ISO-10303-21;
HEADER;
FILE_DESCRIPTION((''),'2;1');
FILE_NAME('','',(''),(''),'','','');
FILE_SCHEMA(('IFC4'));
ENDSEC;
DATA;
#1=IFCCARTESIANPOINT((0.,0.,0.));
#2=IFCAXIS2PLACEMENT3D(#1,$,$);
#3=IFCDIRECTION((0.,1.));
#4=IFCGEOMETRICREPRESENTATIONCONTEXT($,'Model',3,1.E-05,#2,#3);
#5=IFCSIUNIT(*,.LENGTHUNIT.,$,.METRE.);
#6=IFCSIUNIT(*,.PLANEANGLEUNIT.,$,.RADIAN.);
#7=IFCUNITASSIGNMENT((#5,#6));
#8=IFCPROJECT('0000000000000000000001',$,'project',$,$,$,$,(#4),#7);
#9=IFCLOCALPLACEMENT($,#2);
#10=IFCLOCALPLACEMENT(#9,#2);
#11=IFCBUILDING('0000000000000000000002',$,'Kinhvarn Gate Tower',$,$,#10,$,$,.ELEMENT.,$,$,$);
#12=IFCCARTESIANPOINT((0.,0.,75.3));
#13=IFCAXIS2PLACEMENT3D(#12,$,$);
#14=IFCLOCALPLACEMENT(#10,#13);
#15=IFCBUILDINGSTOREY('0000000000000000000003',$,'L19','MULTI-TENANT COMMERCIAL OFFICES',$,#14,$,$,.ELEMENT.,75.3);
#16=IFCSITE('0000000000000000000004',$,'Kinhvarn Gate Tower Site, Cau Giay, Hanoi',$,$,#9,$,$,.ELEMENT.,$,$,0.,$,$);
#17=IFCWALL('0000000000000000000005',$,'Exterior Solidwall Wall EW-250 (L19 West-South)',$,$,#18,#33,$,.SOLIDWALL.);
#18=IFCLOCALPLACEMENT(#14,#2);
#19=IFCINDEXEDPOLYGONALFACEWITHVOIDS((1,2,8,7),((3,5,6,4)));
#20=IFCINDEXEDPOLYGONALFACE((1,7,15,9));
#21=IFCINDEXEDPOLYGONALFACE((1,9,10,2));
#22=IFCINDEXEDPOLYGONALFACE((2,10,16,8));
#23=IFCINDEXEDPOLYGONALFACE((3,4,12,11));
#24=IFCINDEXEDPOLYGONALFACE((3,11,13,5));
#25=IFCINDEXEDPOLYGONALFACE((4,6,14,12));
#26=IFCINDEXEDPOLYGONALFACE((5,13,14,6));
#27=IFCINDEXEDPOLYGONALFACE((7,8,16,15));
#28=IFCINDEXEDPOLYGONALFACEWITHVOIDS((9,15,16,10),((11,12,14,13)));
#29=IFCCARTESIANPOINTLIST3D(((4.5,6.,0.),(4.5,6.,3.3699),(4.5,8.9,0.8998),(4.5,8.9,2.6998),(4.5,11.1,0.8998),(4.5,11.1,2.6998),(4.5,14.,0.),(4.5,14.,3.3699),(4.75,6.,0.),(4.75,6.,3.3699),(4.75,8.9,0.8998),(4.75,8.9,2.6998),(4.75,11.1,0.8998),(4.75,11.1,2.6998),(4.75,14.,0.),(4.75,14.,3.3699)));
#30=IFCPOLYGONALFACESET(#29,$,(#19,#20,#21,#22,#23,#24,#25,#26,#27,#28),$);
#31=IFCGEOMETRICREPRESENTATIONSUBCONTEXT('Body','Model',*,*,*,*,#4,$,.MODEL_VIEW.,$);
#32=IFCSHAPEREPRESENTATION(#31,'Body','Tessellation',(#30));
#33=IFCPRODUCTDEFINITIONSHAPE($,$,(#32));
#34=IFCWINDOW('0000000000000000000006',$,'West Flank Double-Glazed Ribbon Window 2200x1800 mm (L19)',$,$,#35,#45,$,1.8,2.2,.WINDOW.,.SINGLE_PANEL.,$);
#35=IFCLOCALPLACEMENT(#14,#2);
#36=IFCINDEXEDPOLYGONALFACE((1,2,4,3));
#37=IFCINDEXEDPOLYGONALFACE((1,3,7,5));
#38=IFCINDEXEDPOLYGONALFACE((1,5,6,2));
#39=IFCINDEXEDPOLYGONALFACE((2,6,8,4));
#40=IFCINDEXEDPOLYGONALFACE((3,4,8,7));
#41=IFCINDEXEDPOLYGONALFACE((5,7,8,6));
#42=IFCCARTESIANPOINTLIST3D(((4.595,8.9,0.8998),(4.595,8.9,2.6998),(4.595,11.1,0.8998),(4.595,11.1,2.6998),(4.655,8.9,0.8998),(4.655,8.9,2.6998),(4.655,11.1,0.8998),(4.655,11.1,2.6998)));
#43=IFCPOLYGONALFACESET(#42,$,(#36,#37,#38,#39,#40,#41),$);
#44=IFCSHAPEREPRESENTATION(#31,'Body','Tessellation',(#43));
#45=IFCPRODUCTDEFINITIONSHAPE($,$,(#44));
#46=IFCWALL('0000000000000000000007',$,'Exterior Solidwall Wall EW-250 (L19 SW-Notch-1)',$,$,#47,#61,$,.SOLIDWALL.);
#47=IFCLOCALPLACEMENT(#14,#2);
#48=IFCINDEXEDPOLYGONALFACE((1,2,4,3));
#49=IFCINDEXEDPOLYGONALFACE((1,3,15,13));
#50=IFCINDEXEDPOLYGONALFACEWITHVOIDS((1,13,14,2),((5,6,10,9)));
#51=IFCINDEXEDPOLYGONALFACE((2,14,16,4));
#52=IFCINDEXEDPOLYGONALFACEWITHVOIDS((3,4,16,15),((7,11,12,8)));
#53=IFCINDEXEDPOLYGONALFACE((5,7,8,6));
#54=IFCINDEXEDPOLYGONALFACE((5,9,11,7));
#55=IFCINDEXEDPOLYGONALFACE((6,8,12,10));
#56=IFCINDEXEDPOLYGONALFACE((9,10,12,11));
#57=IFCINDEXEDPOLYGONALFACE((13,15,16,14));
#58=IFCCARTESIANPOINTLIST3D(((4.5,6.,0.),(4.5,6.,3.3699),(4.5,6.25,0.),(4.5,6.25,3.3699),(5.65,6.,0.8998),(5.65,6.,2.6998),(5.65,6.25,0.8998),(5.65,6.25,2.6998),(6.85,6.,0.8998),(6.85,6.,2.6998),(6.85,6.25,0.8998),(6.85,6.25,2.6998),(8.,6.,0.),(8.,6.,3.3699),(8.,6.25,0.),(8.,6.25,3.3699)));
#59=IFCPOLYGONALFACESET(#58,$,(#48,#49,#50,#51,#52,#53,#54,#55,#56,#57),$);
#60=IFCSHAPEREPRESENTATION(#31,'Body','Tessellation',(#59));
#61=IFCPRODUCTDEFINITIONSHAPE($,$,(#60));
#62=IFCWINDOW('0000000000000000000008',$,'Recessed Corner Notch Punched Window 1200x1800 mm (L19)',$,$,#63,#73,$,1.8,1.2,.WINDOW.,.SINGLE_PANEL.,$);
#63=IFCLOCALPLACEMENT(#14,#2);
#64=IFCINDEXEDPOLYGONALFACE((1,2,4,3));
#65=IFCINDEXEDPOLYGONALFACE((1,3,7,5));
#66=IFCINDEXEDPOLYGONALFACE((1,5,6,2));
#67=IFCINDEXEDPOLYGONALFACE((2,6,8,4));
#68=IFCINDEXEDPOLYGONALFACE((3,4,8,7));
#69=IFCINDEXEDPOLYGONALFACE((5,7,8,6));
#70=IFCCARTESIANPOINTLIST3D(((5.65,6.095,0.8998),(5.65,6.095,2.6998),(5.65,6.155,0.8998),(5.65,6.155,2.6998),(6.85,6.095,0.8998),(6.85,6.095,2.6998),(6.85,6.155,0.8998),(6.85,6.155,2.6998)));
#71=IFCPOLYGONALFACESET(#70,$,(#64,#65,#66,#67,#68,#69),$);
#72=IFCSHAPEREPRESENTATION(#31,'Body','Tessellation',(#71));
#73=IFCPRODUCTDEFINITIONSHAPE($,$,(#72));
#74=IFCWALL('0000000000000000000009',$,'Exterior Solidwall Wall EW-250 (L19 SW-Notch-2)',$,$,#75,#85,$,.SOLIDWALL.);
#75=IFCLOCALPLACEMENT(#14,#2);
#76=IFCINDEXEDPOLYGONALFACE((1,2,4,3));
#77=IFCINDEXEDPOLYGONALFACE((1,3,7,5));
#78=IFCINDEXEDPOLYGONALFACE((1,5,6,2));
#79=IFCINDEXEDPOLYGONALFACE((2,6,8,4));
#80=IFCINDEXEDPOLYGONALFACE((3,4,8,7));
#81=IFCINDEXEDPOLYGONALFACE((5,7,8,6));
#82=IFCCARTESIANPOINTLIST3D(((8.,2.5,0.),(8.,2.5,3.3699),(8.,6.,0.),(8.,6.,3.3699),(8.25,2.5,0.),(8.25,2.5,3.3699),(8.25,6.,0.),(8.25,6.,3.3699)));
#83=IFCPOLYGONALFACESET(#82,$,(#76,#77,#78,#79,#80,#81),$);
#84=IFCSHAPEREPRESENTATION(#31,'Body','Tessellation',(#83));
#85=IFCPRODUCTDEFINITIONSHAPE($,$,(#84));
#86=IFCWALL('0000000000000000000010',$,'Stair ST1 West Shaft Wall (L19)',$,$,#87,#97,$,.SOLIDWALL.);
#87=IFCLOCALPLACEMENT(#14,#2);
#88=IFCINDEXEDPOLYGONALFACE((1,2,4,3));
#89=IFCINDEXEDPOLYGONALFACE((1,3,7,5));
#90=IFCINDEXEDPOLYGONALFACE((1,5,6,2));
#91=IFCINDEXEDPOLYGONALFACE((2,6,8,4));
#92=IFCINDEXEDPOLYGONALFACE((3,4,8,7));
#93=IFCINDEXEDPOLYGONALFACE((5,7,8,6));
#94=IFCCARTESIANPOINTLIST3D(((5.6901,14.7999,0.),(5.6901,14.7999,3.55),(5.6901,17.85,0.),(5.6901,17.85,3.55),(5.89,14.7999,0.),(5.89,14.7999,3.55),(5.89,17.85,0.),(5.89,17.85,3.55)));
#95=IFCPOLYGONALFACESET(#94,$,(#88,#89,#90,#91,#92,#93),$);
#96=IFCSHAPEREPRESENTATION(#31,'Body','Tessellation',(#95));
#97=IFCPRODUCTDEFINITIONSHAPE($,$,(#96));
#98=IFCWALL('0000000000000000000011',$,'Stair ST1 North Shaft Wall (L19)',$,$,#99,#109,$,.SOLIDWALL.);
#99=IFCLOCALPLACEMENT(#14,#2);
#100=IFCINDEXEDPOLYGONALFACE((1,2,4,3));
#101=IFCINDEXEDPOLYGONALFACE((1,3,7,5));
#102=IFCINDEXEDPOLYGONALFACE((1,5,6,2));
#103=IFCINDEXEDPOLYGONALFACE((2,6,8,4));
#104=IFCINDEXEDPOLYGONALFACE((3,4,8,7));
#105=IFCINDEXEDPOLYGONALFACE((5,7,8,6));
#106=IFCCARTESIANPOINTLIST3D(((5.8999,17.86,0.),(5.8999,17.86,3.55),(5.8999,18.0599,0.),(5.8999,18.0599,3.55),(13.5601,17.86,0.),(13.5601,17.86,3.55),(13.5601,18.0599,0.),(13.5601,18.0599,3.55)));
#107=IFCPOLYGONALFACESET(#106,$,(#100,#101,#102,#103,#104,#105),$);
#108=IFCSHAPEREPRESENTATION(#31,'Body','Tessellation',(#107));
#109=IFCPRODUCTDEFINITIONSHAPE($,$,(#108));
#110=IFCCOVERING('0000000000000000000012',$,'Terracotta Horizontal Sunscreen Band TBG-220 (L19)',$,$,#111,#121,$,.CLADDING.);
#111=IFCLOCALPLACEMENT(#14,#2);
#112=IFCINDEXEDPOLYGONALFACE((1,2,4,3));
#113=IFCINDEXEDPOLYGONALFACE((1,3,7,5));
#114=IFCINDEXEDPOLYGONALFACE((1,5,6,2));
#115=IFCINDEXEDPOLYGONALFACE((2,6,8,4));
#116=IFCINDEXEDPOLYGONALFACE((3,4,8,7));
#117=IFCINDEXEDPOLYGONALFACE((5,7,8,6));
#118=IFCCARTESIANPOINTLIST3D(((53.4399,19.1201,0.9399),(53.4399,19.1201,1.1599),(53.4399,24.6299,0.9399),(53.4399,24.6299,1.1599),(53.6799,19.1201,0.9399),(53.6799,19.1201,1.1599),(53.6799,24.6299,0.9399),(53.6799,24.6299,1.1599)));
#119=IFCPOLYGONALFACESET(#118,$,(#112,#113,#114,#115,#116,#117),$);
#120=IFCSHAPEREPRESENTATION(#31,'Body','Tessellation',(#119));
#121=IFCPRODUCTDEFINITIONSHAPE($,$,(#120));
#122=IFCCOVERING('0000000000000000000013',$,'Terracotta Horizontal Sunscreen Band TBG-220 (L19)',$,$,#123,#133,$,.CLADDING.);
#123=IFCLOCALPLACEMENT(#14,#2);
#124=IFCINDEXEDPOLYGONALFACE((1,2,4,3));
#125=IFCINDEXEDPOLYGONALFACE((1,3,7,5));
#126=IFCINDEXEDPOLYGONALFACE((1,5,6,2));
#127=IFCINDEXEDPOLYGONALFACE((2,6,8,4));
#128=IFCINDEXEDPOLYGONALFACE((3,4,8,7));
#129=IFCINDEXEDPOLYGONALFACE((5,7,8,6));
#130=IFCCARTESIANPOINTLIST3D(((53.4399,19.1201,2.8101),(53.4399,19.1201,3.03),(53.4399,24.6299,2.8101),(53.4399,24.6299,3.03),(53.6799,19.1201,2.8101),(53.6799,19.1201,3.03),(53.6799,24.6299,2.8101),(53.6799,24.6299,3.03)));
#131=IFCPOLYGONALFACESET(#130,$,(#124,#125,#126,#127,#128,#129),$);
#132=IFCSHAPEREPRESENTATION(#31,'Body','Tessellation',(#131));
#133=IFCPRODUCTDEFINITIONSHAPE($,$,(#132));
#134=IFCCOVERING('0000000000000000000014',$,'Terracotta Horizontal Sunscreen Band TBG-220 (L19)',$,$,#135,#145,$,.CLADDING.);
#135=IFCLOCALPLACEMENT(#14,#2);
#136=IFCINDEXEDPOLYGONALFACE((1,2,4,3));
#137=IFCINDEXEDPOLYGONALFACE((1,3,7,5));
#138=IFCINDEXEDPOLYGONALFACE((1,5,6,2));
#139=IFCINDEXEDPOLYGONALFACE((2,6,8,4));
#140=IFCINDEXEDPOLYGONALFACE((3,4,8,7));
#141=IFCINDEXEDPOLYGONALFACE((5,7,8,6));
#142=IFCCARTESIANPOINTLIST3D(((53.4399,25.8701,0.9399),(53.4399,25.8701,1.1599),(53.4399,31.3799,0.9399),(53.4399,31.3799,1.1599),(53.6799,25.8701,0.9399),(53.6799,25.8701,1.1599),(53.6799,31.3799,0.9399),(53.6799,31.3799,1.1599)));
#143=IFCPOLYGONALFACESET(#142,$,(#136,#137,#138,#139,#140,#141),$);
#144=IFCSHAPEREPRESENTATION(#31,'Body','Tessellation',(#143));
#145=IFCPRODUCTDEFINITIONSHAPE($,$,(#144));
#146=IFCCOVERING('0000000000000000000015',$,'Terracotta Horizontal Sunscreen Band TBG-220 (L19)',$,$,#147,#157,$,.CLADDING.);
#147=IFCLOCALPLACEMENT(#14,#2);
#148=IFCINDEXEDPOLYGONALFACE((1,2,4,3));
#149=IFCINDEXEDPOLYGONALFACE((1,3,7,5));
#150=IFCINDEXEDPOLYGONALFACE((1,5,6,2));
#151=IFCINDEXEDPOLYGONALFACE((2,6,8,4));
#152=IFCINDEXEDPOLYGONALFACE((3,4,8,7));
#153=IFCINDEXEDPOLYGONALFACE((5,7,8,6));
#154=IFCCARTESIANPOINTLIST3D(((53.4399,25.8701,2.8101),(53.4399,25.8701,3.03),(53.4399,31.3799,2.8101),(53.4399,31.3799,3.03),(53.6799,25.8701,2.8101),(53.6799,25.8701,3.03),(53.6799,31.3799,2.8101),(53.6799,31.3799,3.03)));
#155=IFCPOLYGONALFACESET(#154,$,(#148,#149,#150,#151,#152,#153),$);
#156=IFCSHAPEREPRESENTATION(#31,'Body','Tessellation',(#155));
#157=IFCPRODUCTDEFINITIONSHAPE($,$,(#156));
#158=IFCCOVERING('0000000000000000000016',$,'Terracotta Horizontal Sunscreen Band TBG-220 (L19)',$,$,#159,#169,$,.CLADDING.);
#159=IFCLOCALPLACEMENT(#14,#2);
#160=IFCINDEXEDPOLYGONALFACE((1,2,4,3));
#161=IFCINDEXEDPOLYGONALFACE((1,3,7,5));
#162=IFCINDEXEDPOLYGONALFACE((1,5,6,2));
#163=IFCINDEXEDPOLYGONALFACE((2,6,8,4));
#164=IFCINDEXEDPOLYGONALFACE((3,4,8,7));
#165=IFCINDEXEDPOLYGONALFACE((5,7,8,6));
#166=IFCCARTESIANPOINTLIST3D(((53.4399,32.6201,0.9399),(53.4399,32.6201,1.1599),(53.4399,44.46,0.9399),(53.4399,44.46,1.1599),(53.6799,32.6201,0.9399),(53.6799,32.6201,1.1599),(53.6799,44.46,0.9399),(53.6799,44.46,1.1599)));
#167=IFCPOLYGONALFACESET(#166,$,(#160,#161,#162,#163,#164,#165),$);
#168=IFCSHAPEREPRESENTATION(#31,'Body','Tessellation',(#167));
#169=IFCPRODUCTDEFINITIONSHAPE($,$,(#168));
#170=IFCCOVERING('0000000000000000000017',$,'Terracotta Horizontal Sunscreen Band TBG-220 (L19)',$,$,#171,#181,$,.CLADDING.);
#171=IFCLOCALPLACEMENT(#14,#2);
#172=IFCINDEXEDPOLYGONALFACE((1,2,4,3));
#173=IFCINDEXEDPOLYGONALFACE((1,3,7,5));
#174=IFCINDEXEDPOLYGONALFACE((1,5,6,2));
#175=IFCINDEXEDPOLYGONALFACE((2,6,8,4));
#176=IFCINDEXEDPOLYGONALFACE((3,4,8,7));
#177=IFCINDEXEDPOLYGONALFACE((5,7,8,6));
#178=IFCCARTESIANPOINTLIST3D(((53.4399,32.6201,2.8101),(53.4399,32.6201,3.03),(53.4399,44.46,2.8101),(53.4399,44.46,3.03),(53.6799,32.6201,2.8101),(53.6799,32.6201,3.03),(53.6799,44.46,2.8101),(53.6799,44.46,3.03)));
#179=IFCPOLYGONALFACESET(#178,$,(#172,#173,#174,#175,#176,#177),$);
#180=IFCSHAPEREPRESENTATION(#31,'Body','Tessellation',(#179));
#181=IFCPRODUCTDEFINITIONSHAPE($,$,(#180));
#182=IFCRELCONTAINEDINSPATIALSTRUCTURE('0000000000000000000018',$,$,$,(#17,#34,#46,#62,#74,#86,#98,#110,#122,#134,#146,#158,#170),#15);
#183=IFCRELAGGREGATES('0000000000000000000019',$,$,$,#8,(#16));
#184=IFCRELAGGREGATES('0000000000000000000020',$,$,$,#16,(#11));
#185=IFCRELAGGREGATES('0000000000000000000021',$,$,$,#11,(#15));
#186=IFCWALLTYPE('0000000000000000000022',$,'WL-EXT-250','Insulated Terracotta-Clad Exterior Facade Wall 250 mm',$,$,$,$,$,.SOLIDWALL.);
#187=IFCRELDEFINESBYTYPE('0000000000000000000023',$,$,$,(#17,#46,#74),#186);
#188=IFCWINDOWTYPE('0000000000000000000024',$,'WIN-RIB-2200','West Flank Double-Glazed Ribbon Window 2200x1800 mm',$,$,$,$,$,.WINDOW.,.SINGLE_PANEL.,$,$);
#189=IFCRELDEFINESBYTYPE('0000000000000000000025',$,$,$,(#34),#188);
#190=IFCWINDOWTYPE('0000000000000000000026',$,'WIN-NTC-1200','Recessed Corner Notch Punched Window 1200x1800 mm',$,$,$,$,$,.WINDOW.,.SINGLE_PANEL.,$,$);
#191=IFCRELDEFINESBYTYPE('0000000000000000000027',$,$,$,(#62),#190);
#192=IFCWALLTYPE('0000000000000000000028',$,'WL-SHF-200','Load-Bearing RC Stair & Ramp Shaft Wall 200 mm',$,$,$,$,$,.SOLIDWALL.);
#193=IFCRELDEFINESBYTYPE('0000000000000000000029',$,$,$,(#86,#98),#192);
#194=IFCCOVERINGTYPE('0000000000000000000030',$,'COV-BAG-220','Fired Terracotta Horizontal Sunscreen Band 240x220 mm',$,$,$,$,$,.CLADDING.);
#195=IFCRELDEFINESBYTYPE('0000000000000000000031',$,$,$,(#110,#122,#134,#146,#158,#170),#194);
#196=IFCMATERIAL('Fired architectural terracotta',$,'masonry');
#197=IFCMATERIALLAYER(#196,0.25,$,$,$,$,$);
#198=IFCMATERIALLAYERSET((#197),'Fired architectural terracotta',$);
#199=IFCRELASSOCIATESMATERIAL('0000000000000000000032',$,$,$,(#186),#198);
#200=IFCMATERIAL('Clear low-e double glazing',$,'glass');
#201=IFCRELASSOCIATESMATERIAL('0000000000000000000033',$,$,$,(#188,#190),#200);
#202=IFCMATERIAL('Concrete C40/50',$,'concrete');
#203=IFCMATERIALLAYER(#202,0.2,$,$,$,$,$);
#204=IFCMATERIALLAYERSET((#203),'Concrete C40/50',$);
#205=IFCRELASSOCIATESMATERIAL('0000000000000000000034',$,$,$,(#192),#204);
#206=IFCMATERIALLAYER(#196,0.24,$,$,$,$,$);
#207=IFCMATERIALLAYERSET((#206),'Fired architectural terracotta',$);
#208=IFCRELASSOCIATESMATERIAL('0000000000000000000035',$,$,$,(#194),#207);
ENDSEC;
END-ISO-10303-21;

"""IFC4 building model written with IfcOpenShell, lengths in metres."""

from ifc_helpers import new_model, si_unit, direction, frame, frame_2d, origin, place, context, subcontext, project, spatial, polyline, rectangle, outline, extrude, material, layer, layer_set, type_object, element, fill, save


model = new_model("IFC4")

# Units and contexts
model_context = context("Model", 3, precision=1e-05, world=origin(), true_north=direction((0.0, 1.0)))
body_context = subcontext(model_context, "Body", "Model", "MODEL_VIEW")
ifc_project = project(units=[si_unit("LENGTHUNIT", "METRE"), si_unit("PLANEANGLEUNIT", "RADIAN")], contexts=[model_context])

# Site, building, storey
site_placement = place(None, origin())
site = spatial("IfcSite", under=ifc_project, at=site_placement, Name="Kinhvarn Gate Tower Site, Cau Giay, Hanoi", CompositionType="ELEMENT", RefElevation=0.0)
building_placement = place(site_placement, origin())
building = spatial("IfcBuilding", under=site, at=building_placement, Name="Kinhvarn Gate Tower", CompositionType="ELEMENT")
storey_placement = place(building_placement, frame((0.0, 0.0, 75.3)))
storey = spatial("IfcBuildingStorey", under=building, at=storey_placement, Name="L19", Description="MULTI-TENANT COMMERCIAL OFFICES", CompositionType="ELEMENT", Elevation=75.3)

# Shared definitions
ifc_material_1 = material(Name="Clear low-e double glazing", Category="glass")

# Shared definitions
ifc_material_2 = material(Name="Concrete C40/50", Category="concrete")

# Walls, openings, windows
ifc_material_3 = material(Name="Fired architectural terracotta", Category="masonry")
ifc_layer_1 = layer(ifc_material_3, 0.25)
ifc_layer_set_1 = layer_set([ifc_layer_1], Name="Fired architectural terracotta")
wall_type_1 = type_object("IfcWallType", Name="WL-EXT-250", Description="Insulated Terracotta-Clad Exterior Facade Wall 250 mm", PredefinedType="SOLIDWALL", material=ifc_layer_set_1)
wall_1_placement = place(storey_placement, frame((4.625, 14.0, 0.0), z_axis=(0.0, 0.0, 1.0), x_axis=(0.0, -1.0, 0.0)))
wall_1 = element("IfcWall", 1, at=wall_1_placement, inside=storey, type_object=wall_type_1, Name="Exterior Solidwall Wall EW-250 (L19 West-South)", PredefinedType="SOLIDWALL", context=body_context, shape_type="SweptSolid", body=[
    extrude(rectangle(XDim=8.0, YDim=0.25, at=frame_2d((4.0, 0.0))), origin(), (0.0, 0.0, 1.0), 3.3699),
])
opening_1_placement = place(wall_1_placement, frame((2.8999, 0.0, 0.8999)))
opening_1 = element("IfcOpeningElement", 2, at=opening_1_placement, cuts=wall_1, PredefinedType="OPENING", context=body_context, shape_type="SweptSolid", body=[
    extrude(rectangle(XDim=2.2, YDim=1.8, at=frame_2d((1.1001, 0.8999))), frame((0.0, 0.135, 0.0), z_axis=(0.0, -1.0, 0.0), x_axis=(1.0, 0.0, 0.0)), (0.0, 0.0, 1.0), 0.27),
])
window_type_1 = type_object("IfcWindowType", Name="WIN-RIB-2200", Description="West Flank Double-Glazed Ribbon Window 2200x1800 mm", PartitioningType="SINGLE_PANEL", PredefinedType="WINDOW", material=ifc_material_1)
window_1_placement = place(opening_1_placement, origin())
window_1 = element("IfcWindow", 3, at=window_1_placement, inside=storey, type_object=window_type_1, Name="West Flank Double-Glazed Ribbon Window 2200x1800 mm (L19)", OverallHeight=1.8, OverallWidth=2.2, PartitioningType="SINGLE_PANEL", PredefinedType="WINDOW", context=body_context, shape_type="SweptSolid", body=[
    extrude(rectangle(XDim=2.2, YDim=1.8, at=frame_2d((1.1001, 0.8999))), frame((0.0, 0.03, 0.0), z_axis=(0.0, -1.0, 0.0), x_axis=(1.0, 0.0, 0.0)), (0.0, 0.0, 1.0), 0.0601),
])
fill(opening_1, window_1)
wall_2_placement = place(storey_placement, frame((4.5, 6.125, 0.0), z_axis=(0.0, 0.0, 1.0), x_axis=(1.0, 0.0, 0.0)))
wall_2 = element("IfcWall", 4, at=wall_2_placement, inside=storey, type_object=wall_type_1, Name="Exterior Solidwall Wall EW-250 (L19 SW-Notch-1)", PredefinedType="SOLIDWALL", context=body_context, shape_type="SweptSolid", body=[
    extrude(rectangle(XDim=3.5, YDim=0.25, at=frame_2d((1.75, 0.0))), origin(), (0.0, 0.0, 1.0), 3.3699),
])
opening_2_placement = place(wall_2_placement, frame((1.1499, 0.0, 0.8999)))
opening_2 = element("IfcOpeningElement", 5, at=opening_2_placement, cuts=wall_2, PredefinedType="OPENING", context=body_context, shape_type="SweptSolid", body=[
    extrude(rectangle(XDim=1.2, YDim=1.8, at=frame_2d((0.6001, 0.8999))), frame((0.0, 0.135, 0.0), z_axis=(0.0, -1.0, 0.0), x_axis=(1.0, 0.0, 0.0)), (0.0, 0.0, 1.0), 0.27),
])
window_type_2 = type_object("IfcWindowType", Name="WIN-NTC-1200", Description="Recessed Corner Notch Punched Window 1200x1800 mm", PartitioningType="SINGLE_PANEL", PredefinedType="WINDOW", material=ifc_material_1)
window_2_placement = place(opening_2_placement, origin())
window_2 = element("IfcWindow", 6, at=window_2_placement, inside=storey, type_object=window_type_2, Name="Recessed Corner Notch Punched Window 1200x1800 mm (L19)", OverallHeight=1.8, OverallWidth=1.2, PartitioningType="SINGLE_PANEL", PredefinedType="WINDOW", context=body_context, shape_type="SweptSolid", body=[
    extrude(rectangle(XDim=1.2, YDim=1.8, at=frame_2d((0.6001, 0.8999))), frame((0.0, 0.03, 0.0), z_axis=(0.0, -1.0, 0.0), x_axis=(1.0, 0.0, 0.0)), (0.0, 0.0, 1.0), 0.0601),
])
fill(opening_2, window_2)

# Walls
wall_3_placement = place(storey_placement, frame((8.125, 6.0, 0.0), z_axis=(0.0, 0.0, 1.0), x_axis=(0.0, -1.0, 0.0)))
element("IfcWall", 7, at=wall_3_placement, inside=storey, type_object=wall_type_1, Name="Exterior Solidwall Wall EW-250 (L19 SW-Notch-2)", PredefinedType="SOLIDWALL", context=body_context, shape_type="SweptSolid", body=[
    extrude(rectangle(XDim=3.5, YDim=0.25, at=frame_2d((1.75, 0.0))), origin(), (0.0, 0.0, 1.0), 3.3699),
])
ifc_layer_2 = layer(ifc_material_2, 0.2)
ifc_layer_set_2 = layer_set([ifc_layer_2], Name="Concrete C40/50")
wall_type_2 = type_object("IfcWallType", Name="WL-SHF-200", Description="Load-Bearing RC Stair & Ramp Shaft Wall 200 mm", PredefinedType="SOLIDWALL", material=ifc_layer_set_2)
wall_4_placement = place(storey_placement, frame((5.79, 14.8, 0.0), z_axis=(0.0, 0.0, 1.0), x_axis=(0.0, 1.0, 0.0)))
element("IfcWall", 8, at=wall_4_placement, inside=storey, type_object=wall_type_2, Name="Stair ST1 West Shaft Wall (L19)", PredefinedType="SOLIDWALL", context=body_context, shape_type="SweptSolid", body=[
    extrude(rectangle(XDim=3.05, YDim=0.2, at=frame_2d((1.5249, 0.0))), origin(), (0.0, 0.0, 1.0), 3.55),
])
wall_5_placement = place(storey_placement, frame((5.8999, 17.96, 0.0), z_axis=(0.0, 0.0, 1.0), x_axis=(1.0, 0.0, 0.0)))
element("IfcWall", 9, at=wall_5_placement, inside=storey, type_object=wall_type_2, Name="Stair ST1 North Shaft Wall (L19)", PredefinedType="SOLIDWALL", context=body_context, shape_type="SweptSolid", body=[
    extrude(rectangle(XDim=7.6602, YDim=0.2, at=frame_2d((3.8301, 0.0))), origin(), (0.0, 0.0, 1.0), 3.55),
])

# Coverings
ifc_layer_3 = layer(ifc_material_3, 0.24)
ifc_layer_set_3 = layer_set([ifc_layer_3], Name="Fired architectural terracotta")
covering_type_1 = type_object("IfcCoveringType", Name="COV-BAG-220", Description="Fired Terracotta Horizontal Sunscreen Band 240x220 mm", PredefinedType="CLADDING", material=ifc_layer_set_3)
for number, where, name in (
    (10, (0.0, 0.0, 0.9399), "Terracotta Horizontal Sunscreen Band TBG-220 (L19)"),
    (11, (0.0, 0.0, 2.8101), "Terracotta Horizontal Sunscreen Band TBG-220 (L19)"),
):
    element("IfcCovering", number, at=place(storey_placement, frame(where)), inside=storey, type_object=covering_type_1, Name=name, PredefinedType="CLADDING", context=body_context, shape_type="SweptSolid", body=[
        extrude(outline(polyline([(53.4399, 19.1201), (53.4399, 24.6299), (53.6799, 24.6299), (53.6799, 19.1201), (53.4399, 19.1201)])), origin(), (0.0, 0.0, 1.0), 0.22),
    ])
for number, where, name in (
    (12, (0.0, 0.0, 0.9399), "Terracotta Horizontal Sunscreen Band TBG-220 (L19)"),
    (13, (0.0, 0.0, 2.8101), "Terracotta Horizontal Sunscreen Band TBG-220 (L19)"),
):
    element("IfcCovering", number, at=place(storey_placement, frame(where)), inside=storey, type_object=covering_type_1, Name=name, PredefinedType="CLADDING", context=body_context, shape_type="SweptSolid", body=[
        extrude(outline(polyline([(53.4399, 25.8701), (53.4399, 31.3799), (53.6799, 31.3799), (53.6799, 25.8701), (53.4399, 25.8701)])), origin(), (0.0, 0.0, 1.0), 0.22),
    ])
for number, where, name in (
    (14, (0.0, 0.0, 0.9399), "Terracotta Horizontal Sunscreen Band TBG-220 (L19)"),
    (15, (0.0, 0.0, 2.8101), "Terracotta Horizontal Sunscreen Band TBG-220 (L19)"),
):
    element("IfcCovering", number, at=place(storey_placement, frame(where)), inside=storey, type_object=covering_type_1, Name=name, PredefinedType="CLADDING", context=body_context, shape_type="SweptSolid", body=[
        extrude(outline(polyline([(53.4399, 32.6201), (53.4399, 44.46), (53.6799, 44.46), (53.6799, 32.6201), (53.4399, 32.6201)])), origin(), (0.0, 0.0, 1.0), 0.22),
    ])

save(model, "model.ifc")
